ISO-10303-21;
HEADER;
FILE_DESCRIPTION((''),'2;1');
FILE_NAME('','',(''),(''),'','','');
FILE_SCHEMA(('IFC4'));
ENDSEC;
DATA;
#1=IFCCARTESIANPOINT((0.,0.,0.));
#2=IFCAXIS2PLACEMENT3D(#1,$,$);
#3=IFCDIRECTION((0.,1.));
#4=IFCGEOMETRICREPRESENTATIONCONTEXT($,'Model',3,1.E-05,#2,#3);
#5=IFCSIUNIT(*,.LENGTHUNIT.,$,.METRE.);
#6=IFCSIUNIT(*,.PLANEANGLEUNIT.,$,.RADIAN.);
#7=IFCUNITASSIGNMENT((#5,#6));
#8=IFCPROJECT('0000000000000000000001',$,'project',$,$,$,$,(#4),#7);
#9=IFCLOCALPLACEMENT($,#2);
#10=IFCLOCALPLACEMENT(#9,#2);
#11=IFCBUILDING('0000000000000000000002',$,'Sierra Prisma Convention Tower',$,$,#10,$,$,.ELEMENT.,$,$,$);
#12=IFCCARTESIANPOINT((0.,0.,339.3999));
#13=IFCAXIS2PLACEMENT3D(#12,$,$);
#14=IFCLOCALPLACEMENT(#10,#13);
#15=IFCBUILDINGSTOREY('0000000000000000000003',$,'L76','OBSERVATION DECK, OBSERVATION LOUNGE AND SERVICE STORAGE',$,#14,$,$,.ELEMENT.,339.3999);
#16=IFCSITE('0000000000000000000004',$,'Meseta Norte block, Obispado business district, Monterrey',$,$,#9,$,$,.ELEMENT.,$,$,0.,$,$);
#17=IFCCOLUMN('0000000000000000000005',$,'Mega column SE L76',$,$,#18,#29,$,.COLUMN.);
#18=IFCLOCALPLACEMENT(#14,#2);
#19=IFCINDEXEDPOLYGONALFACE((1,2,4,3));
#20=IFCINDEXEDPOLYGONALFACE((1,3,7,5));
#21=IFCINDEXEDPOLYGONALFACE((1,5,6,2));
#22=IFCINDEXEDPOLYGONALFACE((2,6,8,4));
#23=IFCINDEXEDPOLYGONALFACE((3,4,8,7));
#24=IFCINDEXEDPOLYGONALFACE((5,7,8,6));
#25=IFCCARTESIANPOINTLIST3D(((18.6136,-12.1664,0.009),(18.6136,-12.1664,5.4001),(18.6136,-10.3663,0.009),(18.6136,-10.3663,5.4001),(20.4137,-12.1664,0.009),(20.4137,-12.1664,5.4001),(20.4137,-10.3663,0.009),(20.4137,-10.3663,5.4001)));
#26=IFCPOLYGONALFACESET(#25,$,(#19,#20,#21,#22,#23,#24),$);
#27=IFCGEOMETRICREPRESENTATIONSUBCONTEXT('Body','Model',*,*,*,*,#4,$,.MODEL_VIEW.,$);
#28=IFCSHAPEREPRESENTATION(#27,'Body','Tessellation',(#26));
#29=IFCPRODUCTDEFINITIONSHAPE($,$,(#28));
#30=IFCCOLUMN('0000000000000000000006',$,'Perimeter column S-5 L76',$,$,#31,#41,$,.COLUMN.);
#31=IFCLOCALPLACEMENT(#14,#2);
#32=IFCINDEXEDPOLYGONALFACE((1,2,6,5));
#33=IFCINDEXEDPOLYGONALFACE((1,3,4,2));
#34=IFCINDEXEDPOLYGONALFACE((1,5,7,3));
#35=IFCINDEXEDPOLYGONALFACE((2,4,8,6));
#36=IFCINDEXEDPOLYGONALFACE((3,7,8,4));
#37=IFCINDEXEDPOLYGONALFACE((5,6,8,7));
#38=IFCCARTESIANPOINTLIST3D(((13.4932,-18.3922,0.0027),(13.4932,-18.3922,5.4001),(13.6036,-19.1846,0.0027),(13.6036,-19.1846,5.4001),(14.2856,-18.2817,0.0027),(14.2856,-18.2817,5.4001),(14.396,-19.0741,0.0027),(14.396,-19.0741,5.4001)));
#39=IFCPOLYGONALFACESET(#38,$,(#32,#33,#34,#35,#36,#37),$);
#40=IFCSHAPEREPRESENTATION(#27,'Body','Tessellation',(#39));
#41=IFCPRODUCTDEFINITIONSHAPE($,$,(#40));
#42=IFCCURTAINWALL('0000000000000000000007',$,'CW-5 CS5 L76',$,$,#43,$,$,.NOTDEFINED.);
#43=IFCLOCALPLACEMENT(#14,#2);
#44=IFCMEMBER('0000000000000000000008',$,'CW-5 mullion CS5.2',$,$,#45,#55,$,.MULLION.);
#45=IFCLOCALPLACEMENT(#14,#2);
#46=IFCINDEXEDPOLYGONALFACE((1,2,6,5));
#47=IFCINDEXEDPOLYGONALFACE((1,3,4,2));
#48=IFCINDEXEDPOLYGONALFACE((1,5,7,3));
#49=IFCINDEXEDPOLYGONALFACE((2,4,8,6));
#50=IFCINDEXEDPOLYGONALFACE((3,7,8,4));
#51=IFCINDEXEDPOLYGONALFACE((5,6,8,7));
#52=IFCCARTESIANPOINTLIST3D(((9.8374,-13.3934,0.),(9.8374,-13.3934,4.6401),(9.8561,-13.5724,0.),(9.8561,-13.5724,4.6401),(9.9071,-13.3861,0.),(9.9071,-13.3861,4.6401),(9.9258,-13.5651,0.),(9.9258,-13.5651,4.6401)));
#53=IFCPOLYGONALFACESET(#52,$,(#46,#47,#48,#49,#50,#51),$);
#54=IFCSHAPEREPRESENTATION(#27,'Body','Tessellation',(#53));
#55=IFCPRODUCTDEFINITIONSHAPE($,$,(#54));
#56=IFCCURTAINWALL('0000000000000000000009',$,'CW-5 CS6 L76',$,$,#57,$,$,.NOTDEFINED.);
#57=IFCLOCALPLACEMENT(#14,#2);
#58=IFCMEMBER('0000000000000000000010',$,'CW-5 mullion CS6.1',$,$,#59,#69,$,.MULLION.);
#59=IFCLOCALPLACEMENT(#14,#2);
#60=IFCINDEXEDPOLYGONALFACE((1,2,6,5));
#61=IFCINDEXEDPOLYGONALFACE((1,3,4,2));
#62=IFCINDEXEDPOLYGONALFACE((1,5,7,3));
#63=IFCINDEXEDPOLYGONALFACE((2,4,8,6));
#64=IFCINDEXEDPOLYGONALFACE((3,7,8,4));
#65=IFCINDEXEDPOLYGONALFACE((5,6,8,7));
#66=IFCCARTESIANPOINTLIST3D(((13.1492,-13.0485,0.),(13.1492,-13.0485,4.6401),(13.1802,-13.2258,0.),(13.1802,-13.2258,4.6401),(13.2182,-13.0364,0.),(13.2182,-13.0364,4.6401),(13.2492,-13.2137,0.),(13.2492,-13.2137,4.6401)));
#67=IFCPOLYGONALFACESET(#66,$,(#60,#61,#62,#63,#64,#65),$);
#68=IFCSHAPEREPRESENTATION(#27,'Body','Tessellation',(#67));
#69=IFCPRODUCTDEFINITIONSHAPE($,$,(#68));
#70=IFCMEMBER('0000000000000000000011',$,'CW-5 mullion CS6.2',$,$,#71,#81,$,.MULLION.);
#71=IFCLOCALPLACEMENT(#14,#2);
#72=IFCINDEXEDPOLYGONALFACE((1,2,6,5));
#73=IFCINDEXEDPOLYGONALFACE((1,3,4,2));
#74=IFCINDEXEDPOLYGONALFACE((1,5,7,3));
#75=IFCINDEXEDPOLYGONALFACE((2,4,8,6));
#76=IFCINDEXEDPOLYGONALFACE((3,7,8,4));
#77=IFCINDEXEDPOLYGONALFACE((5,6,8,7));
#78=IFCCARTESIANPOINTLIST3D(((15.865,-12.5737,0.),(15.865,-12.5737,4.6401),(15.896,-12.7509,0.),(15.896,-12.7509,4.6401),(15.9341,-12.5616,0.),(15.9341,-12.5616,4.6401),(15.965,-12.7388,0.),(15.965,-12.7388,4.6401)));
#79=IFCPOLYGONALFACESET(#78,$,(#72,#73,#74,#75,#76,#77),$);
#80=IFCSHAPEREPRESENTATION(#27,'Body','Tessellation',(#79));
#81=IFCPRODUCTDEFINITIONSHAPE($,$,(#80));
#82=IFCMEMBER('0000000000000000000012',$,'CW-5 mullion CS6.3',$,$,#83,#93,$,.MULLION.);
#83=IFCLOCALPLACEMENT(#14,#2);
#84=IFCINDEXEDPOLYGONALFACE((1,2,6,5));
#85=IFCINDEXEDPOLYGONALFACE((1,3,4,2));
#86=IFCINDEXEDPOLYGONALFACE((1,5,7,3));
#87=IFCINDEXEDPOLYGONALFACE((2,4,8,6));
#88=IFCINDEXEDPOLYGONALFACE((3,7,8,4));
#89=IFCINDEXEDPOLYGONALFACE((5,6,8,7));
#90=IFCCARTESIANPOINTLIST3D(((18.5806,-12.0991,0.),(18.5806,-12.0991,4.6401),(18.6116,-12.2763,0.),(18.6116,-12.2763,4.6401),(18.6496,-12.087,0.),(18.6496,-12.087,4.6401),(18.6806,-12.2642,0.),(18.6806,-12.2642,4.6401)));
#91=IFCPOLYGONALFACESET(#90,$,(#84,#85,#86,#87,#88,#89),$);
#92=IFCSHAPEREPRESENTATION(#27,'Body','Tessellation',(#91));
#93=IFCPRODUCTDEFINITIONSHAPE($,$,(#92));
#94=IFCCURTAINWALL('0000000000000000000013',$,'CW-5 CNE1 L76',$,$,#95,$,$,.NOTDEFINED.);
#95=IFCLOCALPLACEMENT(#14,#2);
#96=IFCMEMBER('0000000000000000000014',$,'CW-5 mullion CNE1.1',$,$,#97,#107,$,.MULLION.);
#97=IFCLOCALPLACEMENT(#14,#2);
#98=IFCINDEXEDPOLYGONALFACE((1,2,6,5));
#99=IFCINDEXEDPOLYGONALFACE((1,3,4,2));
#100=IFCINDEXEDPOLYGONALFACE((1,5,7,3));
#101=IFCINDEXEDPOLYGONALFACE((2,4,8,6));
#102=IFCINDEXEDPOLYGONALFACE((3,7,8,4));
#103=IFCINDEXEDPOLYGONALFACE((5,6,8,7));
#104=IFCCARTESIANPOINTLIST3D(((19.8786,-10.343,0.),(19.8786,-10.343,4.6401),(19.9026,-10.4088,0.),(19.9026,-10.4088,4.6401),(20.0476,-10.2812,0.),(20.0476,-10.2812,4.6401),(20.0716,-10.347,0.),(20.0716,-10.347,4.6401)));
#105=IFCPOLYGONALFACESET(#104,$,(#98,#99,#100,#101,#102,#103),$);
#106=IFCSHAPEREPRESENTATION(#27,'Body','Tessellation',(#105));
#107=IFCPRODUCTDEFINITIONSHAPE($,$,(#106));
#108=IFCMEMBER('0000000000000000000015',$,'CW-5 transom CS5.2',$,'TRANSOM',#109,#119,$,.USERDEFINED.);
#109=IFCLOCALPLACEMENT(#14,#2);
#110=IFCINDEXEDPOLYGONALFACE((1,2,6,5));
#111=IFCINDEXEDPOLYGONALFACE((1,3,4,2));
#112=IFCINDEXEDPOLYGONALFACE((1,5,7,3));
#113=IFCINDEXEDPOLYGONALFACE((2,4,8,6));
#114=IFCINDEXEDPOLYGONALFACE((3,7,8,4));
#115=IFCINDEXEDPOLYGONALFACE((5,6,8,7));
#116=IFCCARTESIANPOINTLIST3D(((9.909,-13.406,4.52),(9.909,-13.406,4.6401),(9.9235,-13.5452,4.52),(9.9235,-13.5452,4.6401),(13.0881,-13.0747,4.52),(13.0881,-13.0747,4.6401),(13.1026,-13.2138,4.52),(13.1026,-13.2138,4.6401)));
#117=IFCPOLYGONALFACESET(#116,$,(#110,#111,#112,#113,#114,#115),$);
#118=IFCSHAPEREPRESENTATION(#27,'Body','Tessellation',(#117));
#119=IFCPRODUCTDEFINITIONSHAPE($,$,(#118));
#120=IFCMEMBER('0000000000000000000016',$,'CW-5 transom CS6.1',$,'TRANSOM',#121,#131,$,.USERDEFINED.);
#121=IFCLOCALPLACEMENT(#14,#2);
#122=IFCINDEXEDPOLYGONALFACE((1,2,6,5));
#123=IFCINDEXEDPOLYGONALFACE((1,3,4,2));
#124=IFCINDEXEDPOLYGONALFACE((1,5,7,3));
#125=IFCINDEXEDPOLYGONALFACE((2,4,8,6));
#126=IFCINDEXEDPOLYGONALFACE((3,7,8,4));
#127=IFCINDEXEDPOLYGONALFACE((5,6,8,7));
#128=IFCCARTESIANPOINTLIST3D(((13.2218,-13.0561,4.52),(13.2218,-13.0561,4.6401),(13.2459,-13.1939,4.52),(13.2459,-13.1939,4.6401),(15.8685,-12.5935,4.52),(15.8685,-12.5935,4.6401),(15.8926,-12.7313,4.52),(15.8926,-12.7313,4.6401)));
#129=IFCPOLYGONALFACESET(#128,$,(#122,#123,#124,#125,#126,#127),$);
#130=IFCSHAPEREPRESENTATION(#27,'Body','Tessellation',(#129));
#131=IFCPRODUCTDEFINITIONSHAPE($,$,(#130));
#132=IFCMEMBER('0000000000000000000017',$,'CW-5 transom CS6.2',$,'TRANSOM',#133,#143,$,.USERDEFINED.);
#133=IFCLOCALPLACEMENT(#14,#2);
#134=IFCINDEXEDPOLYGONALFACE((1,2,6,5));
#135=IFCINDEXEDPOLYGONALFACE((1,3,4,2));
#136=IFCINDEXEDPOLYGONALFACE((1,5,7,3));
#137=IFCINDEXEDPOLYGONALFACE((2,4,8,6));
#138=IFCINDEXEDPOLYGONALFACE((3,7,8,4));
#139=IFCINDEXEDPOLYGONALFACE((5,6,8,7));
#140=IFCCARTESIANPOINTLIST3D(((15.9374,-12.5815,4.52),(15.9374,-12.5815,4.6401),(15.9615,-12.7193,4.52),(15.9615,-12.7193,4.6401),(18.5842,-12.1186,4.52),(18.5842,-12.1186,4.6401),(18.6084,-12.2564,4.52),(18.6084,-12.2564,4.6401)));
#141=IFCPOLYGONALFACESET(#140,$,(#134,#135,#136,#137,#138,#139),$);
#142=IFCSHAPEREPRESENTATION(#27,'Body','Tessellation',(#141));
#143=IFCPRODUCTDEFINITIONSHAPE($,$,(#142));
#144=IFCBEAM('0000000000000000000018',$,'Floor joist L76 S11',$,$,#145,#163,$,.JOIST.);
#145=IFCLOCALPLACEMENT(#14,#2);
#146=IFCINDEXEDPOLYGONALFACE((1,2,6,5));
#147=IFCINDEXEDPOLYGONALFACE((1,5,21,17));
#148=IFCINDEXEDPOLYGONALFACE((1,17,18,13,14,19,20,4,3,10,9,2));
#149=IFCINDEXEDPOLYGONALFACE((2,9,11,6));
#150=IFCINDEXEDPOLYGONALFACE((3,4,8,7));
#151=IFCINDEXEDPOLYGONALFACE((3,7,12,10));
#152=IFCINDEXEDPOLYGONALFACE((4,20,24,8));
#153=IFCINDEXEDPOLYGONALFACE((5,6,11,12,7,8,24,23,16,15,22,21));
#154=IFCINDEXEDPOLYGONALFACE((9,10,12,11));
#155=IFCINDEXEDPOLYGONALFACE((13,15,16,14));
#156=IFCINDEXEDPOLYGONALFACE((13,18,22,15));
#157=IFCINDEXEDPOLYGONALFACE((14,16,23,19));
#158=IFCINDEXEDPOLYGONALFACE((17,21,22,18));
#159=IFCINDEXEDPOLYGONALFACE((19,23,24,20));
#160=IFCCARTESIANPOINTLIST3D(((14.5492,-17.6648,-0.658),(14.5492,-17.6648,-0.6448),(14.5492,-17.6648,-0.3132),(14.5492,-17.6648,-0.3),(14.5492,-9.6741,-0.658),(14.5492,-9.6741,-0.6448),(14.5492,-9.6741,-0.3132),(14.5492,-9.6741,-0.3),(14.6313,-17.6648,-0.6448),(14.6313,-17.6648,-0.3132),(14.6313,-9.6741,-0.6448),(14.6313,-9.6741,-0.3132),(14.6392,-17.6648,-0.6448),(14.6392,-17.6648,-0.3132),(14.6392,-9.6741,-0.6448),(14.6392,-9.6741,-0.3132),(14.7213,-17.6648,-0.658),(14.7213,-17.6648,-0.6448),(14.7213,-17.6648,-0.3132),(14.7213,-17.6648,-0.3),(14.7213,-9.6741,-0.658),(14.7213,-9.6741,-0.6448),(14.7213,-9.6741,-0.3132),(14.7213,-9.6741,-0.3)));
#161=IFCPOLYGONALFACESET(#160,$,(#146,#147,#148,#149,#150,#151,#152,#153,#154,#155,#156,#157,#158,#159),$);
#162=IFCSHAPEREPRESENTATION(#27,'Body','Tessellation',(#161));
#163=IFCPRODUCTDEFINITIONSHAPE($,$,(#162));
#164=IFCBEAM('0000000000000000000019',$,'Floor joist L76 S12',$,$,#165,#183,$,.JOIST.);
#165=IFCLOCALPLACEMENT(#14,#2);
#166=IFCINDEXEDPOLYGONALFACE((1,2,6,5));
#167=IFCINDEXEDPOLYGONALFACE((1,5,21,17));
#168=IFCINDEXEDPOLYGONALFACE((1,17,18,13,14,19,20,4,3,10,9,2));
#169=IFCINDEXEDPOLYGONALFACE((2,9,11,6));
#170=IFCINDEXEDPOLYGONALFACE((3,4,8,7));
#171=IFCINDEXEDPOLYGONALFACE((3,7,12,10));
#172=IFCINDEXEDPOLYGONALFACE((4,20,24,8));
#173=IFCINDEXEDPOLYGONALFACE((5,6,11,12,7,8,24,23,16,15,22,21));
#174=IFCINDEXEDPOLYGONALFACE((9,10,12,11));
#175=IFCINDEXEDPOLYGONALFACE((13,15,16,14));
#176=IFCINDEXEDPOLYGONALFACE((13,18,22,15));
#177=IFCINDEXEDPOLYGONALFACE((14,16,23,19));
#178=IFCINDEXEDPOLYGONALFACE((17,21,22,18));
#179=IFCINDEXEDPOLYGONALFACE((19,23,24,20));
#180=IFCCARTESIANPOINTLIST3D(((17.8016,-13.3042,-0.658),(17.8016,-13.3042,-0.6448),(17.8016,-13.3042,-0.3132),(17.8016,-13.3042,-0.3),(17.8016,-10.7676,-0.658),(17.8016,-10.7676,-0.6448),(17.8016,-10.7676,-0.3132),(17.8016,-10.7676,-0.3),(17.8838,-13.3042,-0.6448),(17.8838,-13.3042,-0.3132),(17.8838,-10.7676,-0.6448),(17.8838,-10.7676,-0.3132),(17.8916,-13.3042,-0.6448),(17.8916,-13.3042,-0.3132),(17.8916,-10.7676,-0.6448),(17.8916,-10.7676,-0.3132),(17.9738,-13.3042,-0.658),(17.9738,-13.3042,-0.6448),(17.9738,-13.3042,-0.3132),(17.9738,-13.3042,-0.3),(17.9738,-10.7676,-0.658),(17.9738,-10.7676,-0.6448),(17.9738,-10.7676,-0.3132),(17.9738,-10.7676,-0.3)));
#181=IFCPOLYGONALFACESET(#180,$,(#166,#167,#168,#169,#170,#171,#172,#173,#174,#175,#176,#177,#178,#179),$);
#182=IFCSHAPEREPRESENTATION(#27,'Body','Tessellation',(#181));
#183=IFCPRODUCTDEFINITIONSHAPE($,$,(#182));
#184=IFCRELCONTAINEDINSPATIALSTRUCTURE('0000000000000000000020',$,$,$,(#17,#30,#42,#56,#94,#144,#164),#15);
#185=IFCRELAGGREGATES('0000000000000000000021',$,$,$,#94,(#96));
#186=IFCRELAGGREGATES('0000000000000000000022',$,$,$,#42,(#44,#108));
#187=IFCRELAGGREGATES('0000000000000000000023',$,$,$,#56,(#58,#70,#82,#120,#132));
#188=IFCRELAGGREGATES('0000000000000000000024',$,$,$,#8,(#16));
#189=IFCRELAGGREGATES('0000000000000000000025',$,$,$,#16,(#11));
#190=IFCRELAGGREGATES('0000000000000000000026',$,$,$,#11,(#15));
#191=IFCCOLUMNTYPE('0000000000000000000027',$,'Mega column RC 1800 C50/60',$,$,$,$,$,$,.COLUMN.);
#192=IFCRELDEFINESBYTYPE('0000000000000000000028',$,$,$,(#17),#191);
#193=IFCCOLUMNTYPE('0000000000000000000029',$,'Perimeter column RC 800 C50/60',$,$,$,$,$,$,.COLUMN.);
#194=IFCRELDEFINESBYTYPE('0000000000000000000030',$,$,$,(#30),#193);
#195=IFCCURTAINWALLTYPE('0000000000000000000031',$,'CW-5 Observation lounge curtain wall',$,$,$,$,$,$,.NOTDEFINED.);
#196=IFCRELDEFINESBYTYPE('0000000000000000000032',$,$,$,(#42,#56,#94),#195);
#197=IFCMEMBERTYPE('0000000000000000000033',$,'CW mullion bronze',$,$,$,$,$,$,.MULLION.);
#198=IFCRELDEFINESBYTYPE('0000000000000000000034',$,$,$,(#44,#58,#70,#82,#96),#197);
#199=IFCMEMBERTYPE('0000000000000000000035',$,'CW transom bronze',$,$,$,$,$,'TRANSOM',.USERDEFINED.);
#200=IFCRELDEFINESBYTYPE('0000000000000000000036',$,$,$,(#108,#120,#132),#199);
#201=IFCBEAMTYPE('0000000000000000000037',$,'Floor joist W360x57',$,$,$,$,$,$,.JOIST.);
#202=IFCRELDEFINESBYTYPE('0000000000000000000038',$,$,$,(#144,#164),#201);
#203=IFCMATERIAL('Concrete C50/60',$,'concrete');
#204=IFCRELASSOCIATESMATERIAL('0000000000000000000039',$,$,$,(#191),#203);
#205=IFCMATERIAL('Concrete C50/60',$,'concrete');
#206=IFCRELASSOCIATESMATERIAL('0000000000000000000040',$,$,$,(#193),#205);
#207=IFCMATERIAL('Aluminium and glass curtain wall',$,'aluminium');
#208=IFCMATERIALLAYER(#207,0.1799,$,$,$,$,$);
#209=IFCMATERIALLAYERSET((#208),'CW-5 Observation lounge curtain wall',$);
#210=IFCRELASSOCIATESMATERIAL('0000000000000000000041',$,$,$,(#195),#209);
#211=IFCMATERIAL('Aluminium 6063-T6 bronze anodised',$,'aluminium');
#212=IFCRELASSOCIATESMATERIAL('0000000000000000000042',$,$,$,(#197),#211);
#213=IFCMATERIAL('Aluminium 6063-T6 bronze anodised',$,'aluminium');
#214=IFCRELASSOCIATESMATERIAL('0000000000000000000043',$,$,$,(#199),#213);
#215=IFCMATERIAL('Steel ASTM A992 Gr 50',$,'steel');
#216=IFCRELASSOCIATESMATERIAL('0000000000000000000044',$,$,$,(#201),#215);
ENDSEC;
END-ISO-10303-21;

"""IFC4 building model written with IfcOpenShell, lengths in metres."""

from ifc_helpers import new_model, si_unit, direction, frame, origin, origin_2d, place, context, subcontext, project, spatial, rectangle, i_section, extrude, clip, halfspace, material, layer, layer_set, material_profile, profile_set, type_object, element, aggregate, save


model = new_model("IFC4")

# Units and contexts
model_context = context("Model", 3, precision=1e-05, world=origin(), true_north=direction((0.0, 1.0)))
body_context = subcontext(model_context, "Body", "Model", "MODEL_VIEW")
ifc_project = project(units=[si_unit("LENGTHUNIT", "METRE"), si_unit("PLANEANGLEUNIT", "RADIAN")], contexts=[model_context])

# Site, building, storey
site_placement = place(None, origin())
site = spatial("IfcSite", under=ifc_project, at=site_placement, Name="Meseta Norte block, Obispado business district, Monterrey", CompositionType="ELEMENT", RefElevation=0.0)
building_placement = place(site_placement, origin())
building = spatial("IfcBuilding", under=site, at=building_placement, Name="Sierra Prisma Convention Tower", CompositionType="ELEMENT")
storey_placement = place(building_placement, frame((0.0, 0.0, 339.3999)))
storey = spatial("IfcBuildingStorey", under=building, at=storey_placement, Name="L76", Description="OBSERVATION DECK, OBSERVATION LOUNGE AND SERVICE STORAGE", CompositionType="ELEMENT", Elevation=339.3999)

# Columns
ifc_material_1 = material(Name="Concrete C50/60", Category="concrete")
ifc_material_profile_1 = material_profile(ifc_material_1, rectangle(XDim=1.8, YDim=1.8, at=origin_2d()), Name="Mega column RC 1800 C50/60")
ifc_profile_set_1 = profile_set([ifc_material_profile_1], Name="Concrete C50/60")
column_type_1 = type_object("IfcColumnType", Name="Mega column RC 1800 C50/60", PredefinedType="COLUMN", material=ifc_profile_set_1)
column_1_placement = place(storey_placement, frame((19.5137, -11.2664, 0.0), z_axis=(0.0, 0.0, 1.0), x_axis=(1.0, 0.0, 0.0)))
element("IfcColumn", 1, at=column_1_placement, inside=storey, type_object=column_type_1, Name="Mega column SE L76", PredefinedType="COLUMN", context=body_context, shape_type="SweptSolid", body=[
    clip(extrude(rectangle(XDim=1.8, YDim=1.8, at=origin_2d()), origin(), (0.0, 0.0, 1.0), 5.4001), halfspace(frame((0.0, 0.0, 0.009)), True)),
])
ifc_material_2 = material(Name="Concrete C50/60", Category="concrete")
ifc_material_profile_2 = material_profile(ifc_material_2, rectangle(XDim=0.8, YDim=0.8, at=origin_2d()), Name="Perimeter column RC 800 C50/60")
ifc_profile_set_2 = profile_set([ifc_material_profile_2], Name="Concrete C50/60")
column_type_2 = type_object("IfcColumnType", Name="Perimeter column RC 800 C50/60", PredefinedType="COLUMN", material=ifc_profile_set_2)
column_2_placement = place(storey_placement, frame((13.9446, -18.7332, 0.0), z_axis=(0.0, 0.0, 1.0), x_axis=(0.990429, 0.13802, 0.0)))
element("IfcColumn", 2, at=column_2_placement, inside=storey, type_object=column_type_2, Name="Perimeter column S-5 L76", PredefinedType="COLUMN", context=body_context, shape_type="SweptSolid", body=[
    clip(extrude(rectangle(XDim=0.8, YDim=0.8, at=origin_2d()), origin(), (0.0, 0.0, 1.0), 5.4001), halfspace(frame((0.0, 0.0, 0.0027)), True)),
])

# Curtain wall, member
ifc_material_3 = material(Name="Aluminium and glass curtain wall", Category="aluminium")
ifc_layer_1 = layer(ifc_material_3, 0.1799)
ifc_layer_set_1 = layer_set([ifc_layer_1], Name="CW-5 Observation lounge curtain wall")
curtain_wall_type = type_object("IfcCurtainWallType", Name="CW-5 Observation lounge curtain wall", PredefinedType="NOTDEFINED", material=ifc_layer_set_1)
curtain_wall_1_placement = place(storey_placement, origin())
curtain_wall_1 = element("IfcCurtainWall", 3, at=curtain_wall_1_placement, inside=storey, type_object=curtain_wall_type, Name="CW-5 CS5 L76", PredefinedType="NOTDEFINED")
ifc_material_4 = material(Name="Aluminium 6063-T6 bronze anodised", Category="aluminium")
ifc_material_profile_3 = material_profile(ifc_material_4, rectangle(XDim=0.1799, YDim=0.0701, at=origin_2d()), Name="ALU MULLION 70x180")
ifc_profile_set_3 = profile_set([ifc_material_profile_3], Name="Aluminium 6063-T6 bronze anodised")
member_type_1 = type_object("IfcMemberType", Name="CW mullion bronze", PredefinedType="MULLION", material=ifc_profile_set_3)
member_1_placement = place(storey_placement, frame((9.8816, -13.4792, 0.0), z_axis=(0.0, 0.0, 1.0), x_axis=(-0.10366, 0.994613, 0.0)))
member_1 = element("IfcMember", 4, at=member_1_placement, type_object=member_type_1, Name="CW-5 mullion CS5.2", PredefinedType="MULLION", context=body_context, shape_type="SweptSolid", body=[
    extrude(rectangle(XDim=0.1799, YDim=0.0701, at=origin_2d()), origin(), (0.0, 0.0, 1.0), 4.6401),
])

# Curtain wall, members
curtain_wall_2_placement = place(storey_placement, origin())
curtain_wall_2 = element("IfcCurtainWall", 5, at=curtain_wall_2_placement, inside=storey, type_object=curtain_wall_type, Name="CW-5 CS6 L76", PredefinedType="NOTDEFINED")
member_2_placement = place(storey_placement, frame((13.1992, -13.1311, 0.0), z_axis=(0.0, 0.0, 1.0), x_axis=(-0.172214, 0.98506, 0.0)))
member_2 = element("IfcMember", 6, at=member_2_placement, type_object=member_type_1, Name="CW-5 mullion CS6.1", PredefinedType="MULLION", context=body_context, shape_type="SweptSolid", body=[
    extrude(rectangle(XDim=0.1799, YDim=0.0701, at=origin_2d()), origin(), (0.0, 0.0, 1.0), 4.6401),
])
member_3_placement = place(storey_placement, frame((15.915, -12.6562, 0.0), z_axis=(0.0, 0.0, 1.0), x_axis=(-0.172214, 0.98506, 0.0)))
member_3 = element("IfcMember", 7, at=member_3_placement, type_object=member_type_1, Name="CW-5 mullion CS6.2", PredefinedType="MULLION", context=body_context, shape_type="SweptSolid", body=[
    extrude(rectangle(XDim=0.1799, YDim=0.0701, at=origin_2d()), origin(), (0.0, 0.0, 1.0), 4.6401),
])
member_4_placement = place(storey_placement, frame((18.6306, -12.1816, 0.0), z_axis=(0.0, 0.0, 1.0), x_axis=(-0.172214, 0.98506, 0.0)))
member_4 = element("IfcMember", 8, at=member_4_placement, type_object=member_type_1, Name="CW-5 mullion CS6.3", PredefinedType="MULLION", context=body_context, shape_type="SweptSolid", body=[
    extrude(rectangle(XDim=0.1799, YDim=0.0701, at=origin_2d()), origin(), (0.0, 0.0, 1.0), 4.6401),
])

# Curtain wall, member
curtain_wall_3_placement = place(storey_placement, origin())
curtain_wall_3 = element("IfcCurtainWall", 9, at=curtain_wall_3_placement, inside=storey, type_object=curtain_wall_type, Name="CW-5 CNE1 L76", PredefinedType="NOTDEFINED")
member_5_placement = place(storey_placement, frame((19.9751, -10.345, 0.0), z_axis=(0.0, 0.0, 1.0), x_axis=(-0.939194, -0.343388, 0.0)))
member_5 = element("IfcMember", 10, at=member_5_placement, type_object=member_type_1, Name="CW-5 mullion CNE1.1", PredefinedType="MULLION", context=body_context, shape_type="SweptSolid", body=[
    extrude(rectangle(XDim=0.1799, YDim=0.0701, at=origin_2d()), origin(), (0.0, 0.0, 1.0), 4.6401),
])
aggregate(curtain_wall_3, [member_5])

# Members
ifc_material_5 = material(Name="Aluminium 6063-T6 bronze anodised", Category="aluminium")
ifc_material_profile_4 = material_profile(ifc_material_5, rectangle(XDim=0.1399, YDim=0.1201, at=origin_2d()), Name="ALU TRANSOM 120x140")
ifc_profile_set_4 = profile_set([ifc_material_profile_4], Name="Aluminium 6063-T6 bronze anodised")
member_type_2 = type_object("IfcMemberType", Name="CW transom bronze", ElementType="TRANSOM", PredefinedType="USERDEFINED", material=ifc_profile_set_4)
member_6_placement = place(storey_placement, frame((9.9163, -13.4756, 4.5801), z_axis=(0.994613, 0.103655, 0.0), x_axis=(-0.103655, 0.994613, 0.0)))
member_6 = element("IfcMember", 11, at=member_6_placement, type_object=member_type_2, Name="CW-5 transom CS5.2", ObjectType="TRANSOM", PredefinedType="USERDEFINED", context=body_context, shape_type="SweptSolid", body=[
    extrude(rectangle(XDim=0.1399, YDim=0.1201, at=origin_2d()), origin(), (0.0, 0.0, 1.0), 3.1963),
])
member_7_placement = place(storey_placement, frame((13.2339, -13.125, 4.5801), z_axis=(0.985064, 0.172189, 0.0), x_axis=(-0.172189, 0.985064, 0.0)))
member_7 = element("IfcMember", 12, at=member_7_placement, type_object=member_type_2, Name="CW-5 transom CS6.1", ObjectType="TRANSOM", PredefinedType="USERDEFINED", context=body_context, shape_type="SweptSolid", body=[
    extrude(rectangle(XDim=0.1399, YDim=0.1201, at=origin_2d()), origin(), (0.0, 0.0, 1.0), 2.6868),
])
member_8_placement = place(storey_placement, frame((15.9495, -12.6504, 4.5801), z_axis=(0.985049, 0.172277, 0.0), x_axis=(-0.172277, 0.985049, 0.0)))
member_8 = element("IfcMember", 13, at=member_8_placement, type_object=member_type_2, Name="CW-5 transom CS6.2", ObjectType="TRANSOM", PredefinedType="USERDEFINED", context=body_context, shape_type="SweptSolid", body=[
    extrude(rectangle(XDim=0.1399, YDim=0.1201, at=origin_2d()), origin(), (0.0, 0.0, 1.0), 2.687),
])

# Beams
ifc_material_6 = material(Name="Steel ASTM A992 Gr 50", Category="steel")
ifc_material_profile_5 = material_profile(ifc_material_6, i_section(OverallWidth=0.1721, OverallDepth=0.3579, WebThickness=0.0078, FlangeThickness=0.0132, at=origin_2d()), Name="W360x57")
ifc_profile_set_5 = profile_set([ifc_material_profile_5], Name="Steel ASTM A992 Gr 50")
beam_type_1 = type_object("IfcBeamType", Name="Floor joist W360x57", PredefinedType="JOIST", material=ifc_profile_set_5)
beam_1_placement = place(storey_placement, frame((14.6353, -17.6648, -0.479), z_axis=(0.0, 1.0, 0.0), x_axis=(-1.0, 0.0, 0.0)))
element("IfcBeam", 14, at=beam_1_placement, inside=storey, type_object=beam_type_1, Name="Floor joist L76 S11", PredefinedType="JOIST", context=body_context, shape_type="SweptSolid", body=[
    extrude(i_section(OverallWidth=0.1721, OverallDepth=0.3579, WebThickness=0.0078, FlangeThickness=0.0132, at=origin_2d()), origin(), (0.0, 0.0, 1.0), 7.9907),
])
beam_2_placement = place(storey_placement, frame((17.8877, -13.3042, -0.479), z_axis=(0.0, 1.0, 0.0), x_axis=(-1.0, 0.0, 0.0)))
element("IfcBeam", 15, at=beam_2_placement, inside=storey, type_object=beam_type_1, Name="Floor joist L76 S12", PredefinedType="JOIST", context=body_context, shape_type="SweptSolid", body=[
    extrude(i_section(OverallWidth=0.1721, OverallDepth=0.3579, WebThickness=0.0078, FlangeThickness=0.0132, at=origin_2d()), origin(), (0.0, 0.0, 1.0), 2.5366),
])

aggregate(curtain_wall_1, [member_1, member_6])
aggregate(curtain_wall_2, [member_2, member_3, member_4, member_7, member_8])

save(model, "model.ifc")
